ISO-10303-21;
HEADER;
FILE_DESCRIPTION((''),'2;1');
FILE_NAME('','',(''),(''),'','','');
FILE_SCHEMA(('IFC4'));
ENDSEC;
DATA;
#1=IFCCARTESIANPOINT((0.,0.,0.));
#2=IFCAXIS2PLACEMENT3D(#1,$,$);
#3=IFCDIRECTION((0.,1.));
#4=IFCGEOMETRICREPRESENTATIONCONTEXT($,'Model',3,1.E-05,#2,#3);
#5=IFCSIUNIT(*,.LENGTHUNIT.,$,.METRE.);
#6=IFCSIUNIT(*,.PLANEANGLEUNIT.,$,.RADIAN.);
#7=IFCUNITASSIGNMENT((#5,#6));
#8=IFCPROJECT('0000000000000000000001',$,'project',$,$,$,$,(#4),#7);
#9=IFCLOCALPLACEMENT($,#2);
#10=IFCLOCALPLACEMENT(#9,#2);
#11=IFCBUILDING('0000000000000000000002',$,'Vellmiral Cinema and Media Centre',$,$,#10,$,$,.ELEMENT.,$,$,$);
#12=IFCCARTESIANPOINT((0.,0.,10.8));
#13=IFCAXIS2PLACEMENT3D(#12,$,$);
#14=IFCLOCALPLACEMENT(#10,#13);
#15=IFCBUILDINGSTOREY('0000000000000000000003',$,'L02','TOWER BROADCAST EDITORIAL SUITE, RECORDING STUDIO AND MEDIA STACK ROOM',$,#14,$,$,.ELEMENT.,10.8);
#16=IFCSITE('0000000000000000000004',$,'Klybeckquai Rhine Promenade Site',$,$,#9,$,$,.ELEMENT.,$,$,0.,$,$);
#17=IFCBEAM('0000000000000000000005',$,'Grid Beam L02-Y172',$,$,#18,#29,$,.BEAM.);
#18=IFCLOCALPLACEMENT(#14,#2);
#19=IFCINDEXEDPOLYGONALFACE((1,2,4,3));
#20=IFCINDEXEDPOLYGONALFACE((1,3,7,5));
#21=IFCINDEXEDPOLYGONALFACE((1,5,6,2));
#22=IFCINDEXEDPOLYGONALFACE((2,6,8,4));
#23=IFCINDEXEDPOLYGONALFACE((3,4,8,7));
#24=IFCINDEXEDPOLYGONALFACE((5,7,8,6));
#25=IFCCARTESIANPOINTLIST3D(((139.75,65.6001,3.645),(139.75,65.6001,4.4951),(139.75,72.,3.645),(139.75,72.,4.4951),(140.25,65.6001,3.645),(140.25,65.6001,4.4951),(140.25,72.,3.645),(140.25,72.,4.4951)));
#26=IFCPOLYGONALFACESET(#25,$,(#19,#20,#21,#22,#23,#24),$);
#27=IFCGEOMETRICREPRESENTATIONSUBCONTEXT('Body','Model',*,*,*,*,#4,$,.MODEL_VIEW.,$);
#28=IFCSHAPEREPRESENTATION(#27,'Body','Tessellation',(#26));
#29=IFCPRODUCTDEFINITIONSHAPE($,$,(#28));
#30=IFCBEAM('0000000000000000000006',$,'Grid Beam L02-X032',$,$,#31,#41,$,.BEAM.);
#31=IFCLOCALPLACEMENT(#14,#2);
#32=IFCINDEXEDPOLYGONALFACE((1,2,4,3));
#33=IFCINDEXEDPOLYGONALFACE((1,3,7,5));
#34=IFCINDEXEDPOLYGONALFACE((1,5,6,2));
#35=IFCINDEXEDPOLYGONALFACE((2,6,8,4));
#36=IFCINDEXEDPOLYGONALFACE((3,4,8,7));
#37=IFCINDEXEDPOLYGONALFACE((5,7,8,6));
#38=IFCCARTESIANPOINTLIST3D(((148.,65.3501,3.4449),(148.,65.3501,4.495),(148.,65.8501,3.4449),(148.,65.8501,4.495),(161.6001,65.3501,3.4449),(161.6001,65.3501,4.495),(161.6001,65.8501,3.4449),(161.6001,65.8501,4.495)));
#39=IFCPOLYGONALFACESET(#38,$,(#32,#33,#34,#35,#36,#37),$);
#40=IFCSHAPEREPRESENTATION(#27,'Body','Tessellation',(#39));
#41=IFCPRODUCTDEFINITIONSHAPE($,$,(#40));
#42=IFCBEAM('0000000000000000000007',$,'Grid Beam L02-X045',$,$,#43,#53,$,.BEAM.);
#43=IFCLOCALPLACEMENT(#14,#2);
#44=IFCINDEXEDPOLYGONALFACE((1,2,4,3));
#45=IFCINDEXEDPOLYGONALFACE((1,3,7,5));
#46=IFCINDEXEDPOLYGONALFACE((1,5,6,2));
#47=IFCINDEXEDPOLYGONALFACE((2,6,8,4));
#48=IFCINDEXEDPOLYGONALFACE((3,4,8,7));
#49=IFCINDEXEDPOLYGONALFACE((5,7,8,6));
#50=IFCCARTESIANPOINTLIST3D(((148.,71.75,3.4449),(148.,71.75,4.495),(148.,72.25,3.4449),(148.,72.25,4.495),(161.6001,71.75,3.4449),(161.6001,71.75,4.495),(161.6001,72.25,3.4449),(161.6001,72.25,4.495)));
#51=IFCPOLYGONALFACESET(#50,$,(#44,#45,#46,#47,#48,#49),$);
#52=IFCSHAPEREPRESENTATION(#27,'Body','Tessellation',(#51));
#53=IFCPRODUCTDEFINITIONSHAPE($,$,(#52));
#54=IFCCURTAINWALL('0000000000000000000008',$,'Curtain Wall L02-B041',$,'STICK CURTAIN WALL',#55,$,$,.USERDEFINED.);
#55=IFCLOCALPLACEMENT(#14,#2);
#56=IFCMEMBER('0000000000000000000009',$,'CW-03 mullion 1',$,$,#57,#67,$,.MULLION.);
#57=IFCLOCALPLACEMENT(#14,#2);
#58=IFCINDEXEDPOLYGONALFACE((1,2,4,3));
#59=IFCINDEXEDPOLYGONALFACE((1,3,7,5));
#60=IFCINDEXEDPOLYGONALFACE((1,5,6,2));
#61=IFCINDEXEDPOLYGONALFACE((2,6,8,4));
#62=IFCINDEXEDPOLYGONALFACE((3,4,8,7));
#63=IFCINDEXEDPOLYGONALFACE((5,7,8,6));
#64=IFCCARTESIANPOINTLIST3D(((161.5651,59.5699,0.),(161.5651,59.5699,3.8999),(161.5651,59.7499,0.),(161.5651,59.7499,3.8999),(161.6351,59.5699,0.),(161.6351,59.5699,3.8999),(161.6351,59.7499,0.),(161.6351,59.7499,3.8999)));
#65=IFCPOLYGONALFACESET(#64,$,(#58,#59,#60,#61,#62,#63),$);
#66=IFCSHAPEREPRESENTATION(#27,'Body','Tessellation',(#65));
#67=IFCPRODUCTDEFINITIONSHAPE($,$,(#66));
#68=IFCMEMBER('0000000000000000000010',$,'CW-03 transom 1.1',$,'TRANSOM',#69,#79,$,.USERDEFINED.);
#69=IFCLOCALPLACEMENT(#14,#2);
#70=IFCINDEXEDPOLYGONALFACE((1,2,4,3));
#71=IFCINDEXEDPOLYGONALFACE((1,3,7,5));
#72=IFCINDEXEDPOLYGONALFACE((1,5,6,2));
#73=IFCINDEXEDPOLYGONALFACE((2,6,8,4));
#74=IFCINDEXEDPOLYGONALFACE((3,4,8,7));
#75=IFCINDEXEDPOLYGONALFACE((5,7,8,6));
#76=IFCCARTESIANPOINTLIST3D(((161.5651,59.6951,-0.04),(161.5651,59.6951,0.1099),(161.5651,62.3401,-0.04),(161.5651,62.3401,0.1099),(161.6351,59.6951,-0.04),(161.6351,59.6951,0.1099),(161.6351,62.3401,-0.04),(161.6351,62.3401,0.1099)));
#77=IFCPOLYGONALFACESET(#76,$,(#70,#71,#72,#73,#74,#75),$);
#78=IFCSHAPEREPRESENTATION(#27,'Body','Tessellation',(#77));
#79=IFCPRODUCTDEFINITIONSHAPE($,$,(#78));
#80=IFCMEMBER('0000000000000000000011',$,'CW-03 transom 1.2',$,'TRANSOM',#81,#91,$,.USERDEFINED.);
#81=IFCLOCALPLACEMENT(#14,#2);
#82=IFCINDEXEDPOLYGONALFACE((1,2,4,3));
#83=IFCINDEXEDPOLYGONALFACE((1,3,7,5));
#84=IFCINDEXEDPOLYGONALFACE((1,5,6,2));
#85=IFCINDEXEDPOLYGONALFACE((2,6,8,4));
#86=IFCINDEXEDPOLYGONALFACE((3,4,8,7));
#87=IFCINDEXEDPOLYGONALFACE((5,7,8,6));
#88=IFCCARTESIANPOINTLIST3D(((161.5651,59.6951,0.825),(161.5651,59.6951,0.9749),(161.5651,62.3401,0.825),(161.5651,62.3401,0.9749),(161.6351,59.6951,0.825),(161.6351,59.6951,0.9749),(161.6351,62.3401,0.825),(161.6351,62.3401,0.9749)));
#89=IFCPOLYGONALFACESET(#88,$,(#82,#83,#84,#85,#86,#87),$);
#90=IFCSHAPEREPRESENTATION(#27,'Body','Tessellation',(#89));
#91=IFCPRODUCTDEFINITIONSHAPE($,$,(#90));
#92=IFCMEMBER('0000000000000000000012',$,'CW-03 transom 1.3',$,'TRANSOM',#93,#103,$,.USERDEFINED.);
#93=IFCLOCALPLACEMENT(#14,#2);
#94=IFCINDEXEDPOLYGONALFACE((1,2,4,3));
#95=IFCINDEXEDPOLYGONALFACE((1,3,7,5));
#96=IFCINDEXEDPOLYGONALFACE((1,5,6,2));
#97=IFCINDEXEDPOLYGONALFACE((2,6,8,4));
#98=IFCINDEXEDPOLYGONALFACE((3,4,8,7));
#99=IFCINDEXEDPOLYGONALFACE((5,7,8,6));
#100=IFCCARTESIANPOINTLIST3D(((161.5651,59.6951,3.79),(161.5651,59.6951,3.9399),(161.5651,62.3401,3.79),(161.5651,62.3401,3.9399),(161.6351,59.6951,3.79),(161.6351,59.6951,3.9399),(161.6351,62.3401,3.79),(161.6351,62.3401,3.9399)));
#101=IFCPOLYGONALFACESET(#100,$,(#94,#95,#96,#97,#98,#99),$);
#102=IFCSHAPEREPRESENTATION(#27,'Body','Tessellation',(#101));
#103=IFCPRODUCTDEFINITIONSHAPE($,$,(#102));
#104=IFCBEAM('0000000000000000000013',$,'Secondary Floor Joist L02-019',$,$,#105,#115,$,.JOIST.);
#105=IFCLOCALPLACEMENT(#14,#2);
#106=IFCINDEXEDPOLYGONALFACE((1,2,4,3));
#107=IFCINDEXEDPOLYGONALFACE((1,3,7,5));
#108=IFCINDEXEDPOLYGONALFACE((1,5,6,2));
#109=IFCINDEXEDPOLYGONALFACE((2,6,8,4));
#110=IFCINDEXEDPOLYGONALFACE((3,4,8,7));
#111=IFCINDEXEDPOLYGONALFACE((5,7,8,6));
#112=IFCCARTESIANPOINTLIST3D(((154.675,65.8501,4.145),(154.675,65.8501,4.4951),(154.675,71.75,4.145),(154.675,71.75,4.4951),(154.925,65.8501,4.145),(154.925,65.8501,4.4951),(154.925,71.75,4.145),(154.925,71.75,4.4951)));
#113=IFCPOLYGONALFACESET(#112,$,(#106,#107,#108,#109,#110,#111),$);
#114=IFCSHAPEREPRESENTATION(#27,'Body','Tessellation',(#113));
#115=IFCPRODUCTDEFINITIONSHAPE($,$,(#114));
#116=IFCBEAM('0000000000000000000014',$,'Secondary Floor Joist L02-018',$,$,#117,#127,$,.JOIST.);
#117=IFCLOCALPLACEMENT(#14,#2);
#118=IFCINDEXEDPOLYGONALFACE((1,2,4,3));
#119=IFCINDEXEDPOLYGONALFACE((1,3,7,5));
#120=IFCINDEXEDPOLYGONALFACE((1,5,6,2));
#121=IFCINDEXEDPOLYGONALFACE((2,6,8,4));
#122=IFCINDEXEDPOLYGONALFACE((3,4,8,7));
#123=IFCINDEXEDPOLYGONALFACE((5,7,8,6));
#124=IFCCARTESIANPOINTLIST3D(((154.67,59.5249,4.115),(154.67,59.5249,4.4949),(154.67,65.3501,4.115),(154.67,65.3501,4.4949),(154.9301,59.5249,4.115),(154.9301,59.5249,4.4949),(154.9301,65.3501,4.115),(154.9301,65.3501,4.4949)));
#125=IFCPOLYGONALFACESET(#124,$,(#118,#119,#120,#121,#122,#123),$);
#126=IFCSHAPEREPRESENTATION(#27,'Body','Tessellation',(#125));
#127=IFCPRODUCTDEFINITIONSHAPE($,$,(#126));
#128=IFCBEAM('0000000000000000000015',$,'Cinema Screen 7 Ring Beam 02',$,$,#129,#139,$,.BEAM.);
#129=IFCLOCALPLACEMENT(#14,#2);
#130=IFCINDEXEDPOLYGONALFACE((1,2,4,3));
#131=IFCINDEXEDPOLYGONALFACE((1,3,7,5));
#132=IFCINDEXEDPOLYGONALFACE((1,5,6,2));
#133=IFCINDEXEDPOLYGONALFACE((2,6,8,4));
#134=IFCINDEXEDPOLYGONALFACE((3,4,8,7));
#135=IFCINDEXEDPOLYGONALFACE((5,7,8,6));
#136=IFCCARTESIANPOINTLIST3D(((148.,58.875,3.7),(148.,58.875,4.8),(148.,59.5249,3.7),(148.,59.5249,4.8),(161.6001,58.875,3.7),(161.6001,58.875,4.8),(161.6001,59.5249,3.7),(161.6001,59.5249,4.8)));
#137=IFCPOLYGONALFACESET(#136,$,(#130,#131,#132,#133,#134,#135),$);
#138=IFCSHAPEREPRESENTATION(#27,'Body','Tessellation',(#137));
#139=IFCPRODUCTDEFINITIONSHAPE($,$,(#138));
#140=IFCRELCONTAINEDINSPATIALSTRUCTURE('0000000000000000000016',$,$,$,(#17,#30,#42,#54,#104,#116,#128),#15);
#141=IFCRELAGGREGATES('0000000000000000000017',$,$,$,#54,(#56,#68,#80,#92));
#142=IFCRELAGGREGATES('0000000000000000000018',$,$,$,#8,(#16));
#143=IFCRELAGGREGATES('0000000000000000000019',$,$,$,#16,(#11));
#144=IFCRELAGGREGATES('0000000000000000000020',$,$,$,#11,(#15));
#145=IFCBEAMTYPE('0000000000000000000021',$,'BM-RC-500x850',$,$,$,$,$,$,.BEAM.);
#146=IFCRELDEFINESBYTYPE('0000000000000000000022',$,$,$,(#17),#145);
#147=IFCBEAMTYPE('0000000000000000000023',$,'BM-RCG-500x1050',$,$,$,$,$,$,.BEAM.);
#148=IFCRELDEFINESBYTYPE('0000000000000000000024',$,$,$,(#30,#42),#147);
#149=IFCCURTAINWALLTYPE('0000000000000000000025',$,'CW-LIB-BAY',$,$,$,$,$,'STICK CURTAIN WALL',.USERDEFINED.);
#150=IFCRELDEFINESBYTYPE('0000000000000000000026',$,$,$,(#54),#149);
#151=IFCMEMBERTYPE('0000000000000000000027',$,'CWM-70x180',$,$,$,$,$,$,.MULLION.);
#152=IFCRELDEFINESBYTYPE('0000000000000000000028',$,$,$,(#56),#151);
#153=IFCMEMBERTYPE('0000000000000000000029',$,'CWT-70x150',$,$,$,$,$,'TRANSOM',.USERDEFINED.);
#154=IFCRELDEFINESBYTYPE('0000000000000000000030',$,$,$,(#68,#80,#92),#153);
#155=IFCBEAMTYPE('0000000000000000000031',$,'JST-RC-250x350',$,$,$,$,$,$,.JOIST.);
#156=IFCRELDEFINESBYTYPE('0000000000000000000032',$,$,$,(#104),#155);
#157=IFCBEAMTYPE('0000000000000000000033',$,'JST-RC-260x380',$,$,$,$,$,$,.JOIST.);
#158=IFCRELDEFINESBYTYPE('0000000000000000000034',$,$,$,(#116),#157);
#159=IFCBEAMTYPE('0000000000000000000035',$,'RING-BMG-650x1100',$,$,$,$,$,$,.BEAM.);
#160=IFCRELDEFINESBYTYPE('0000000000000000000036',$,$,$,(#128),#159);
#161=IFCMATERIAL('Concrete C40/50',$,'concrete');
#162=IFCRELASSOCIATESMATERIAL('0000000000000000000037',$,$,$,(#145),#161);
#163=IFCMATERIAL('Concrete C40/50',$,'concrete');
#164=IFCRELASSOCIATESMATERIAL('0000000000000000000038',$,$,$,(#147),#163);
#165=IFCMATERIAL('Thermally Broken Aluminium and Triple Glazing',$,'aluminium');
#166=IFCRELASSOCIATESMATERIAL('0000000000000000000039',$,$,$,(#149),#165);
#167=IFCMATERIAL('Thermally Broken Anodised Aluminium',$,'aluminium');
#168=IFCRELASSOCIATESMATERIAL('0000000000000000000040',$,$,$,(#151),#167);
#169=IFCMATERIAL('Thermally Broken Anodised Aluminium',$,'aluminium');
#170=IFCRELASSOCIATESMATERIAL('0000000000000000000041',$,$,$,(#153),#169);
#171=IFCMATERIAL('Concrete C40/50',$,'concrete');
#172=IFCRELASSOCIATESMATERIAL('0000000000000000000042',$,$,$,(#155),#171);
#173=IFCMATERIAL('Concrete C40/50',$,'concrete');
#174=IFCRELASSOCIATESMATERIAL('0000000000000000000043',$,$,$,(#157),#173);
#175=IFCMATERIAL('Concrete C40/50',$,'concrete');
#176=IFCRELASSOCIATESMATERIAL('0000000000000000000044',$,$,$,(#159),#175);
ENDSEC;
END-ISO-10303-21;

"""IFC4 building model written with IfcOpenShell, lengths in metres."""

from ifc_helpers import new_model, si_unit, direction, frame, origin, origin_2d, place, context, subcontext, project, spatial, rectangle, extrude, material, material_profile, profile_set, type_object, element, aggregate, save


model = new_model("IFC4")

# Units and contexts
model_context = context("Model", 3, precision=1e-05, world=origin(), true_north=direction((0.0, 1.0)))
body_context = subcontext(model_context, "Body", "Model", "MODEL_VIEW")
ifc_project = project(units=[si_unit("LENGTHUNIT", "METRE"), si_unit("PLANEANGLEUNIT", "RADIAN")], contexts=[model_context])

# Site, building, storey
site_placement = place(None, origin())
site = spatial("IfcSite", under=ifc_project, at=site_placement, Name="Klybeckquai Rhine Promenade Site", CompositionType="ELEMENT", RefElevation=0.0)
building_placement = place(site_placement, origin())
building = spatial("IfcBuilding", under=site, at=building_placement, Name="Vellmiral Cinema and Media Centre", CompositionType="ELEMENT")
storey_placement = place(building_placement, frame((0.0, 0.0, 10.8)))
storey = spatial("IfcBuildingStorey", under=building, at=storey_placement, Name="L02", Description="TOWER BROADCAST EDITORIAL SUITE, RECORDING STUDIO AND MEDIA STACK ROOM", CompositionType="ELEMENT", Elevation=10.8)

# Beams
ifc_material_1 = material(Name="Concrete C40/50", Category="concrete")
ifc_material_profile_1 = material_profile(ifc_material_1, rectangle(XDim=0.5, YDim=0.8501, at=origin_2d()), Name="RC 500x850")
ifc_profile_set_1 = profile_set([ifc_material_profile_1], Name="Concrete C40/50")
beam_type_1 = type_object("IfcBeamType", Name="BM-RC-500x850", PredefinedType="BEAM", material=ifc_profile_set_1)
beam_1_placement = place(storey_placement, frame((140.0, 65.6001, 4.0701), z_axis=(0.0, 1.0, 0.0), x_axis=(-1.0, 0.0, 0.0)))
element("IfcBeam", 1, at=beam_1_placement, inside=storey, type_object=beam_type_1, Name="Grid Beam L02-Y172", PredefinedType="BEAM", context=body_context, shape_type="SweptSolid", body=[
    extrude(rectangle(XDim=0.5, YDim=0.8501, at=origin_2d()), origin(), (0.0, 0.0, 1.0), 6.3999),
])
ifc_material_2 = material(Name="Concrete C40/50", Category="concrete")
ifc_material_profile_2 = material_profile(ifc_material_2, rectangle(XDim=0.5, YDim=1.05, at=origin_2d()), Name="RC 500x1050")
ifc_profile_set_2 = profile_set([ifc_material_profile_2], Name="Concrete C40/50")
beam_type_2 = type_object("IfcBeamType", Name="BM-RCG-500x1050", PredefinedType="BEAM", material=ifc_profile_set_2)
for number, where, z_axis, x_axis, name in (
    (2, (148.0, 65.6001, 3.97), (1.0, 0.0, 0.0), (0.0, 1.0, 0.0), "Grid Beam L02-X032"),
    (3, (148.0, 72.0, 3.97), (1.0, 0.0, 0.0), (0.0, 1.0, 0.0), "Grid Beam L02-X045"),
):
    element("IfcBeam", number, at=place(storey_placement, frame(where, z_axis=z_axis, x_axis=x_axis)), inside=storey, type_object=beam_type_2, Name=name, PredefinedType="BEAM", context=body_context, shape_type="SweptSolid", body=[
        extrude(rectangle(XDim=0.5, YDim=1.05, at=origin_2d()), origin(), (0.0, 0.0, 1.0), 13.6001),
    ])

# Curtain wall, members
ifc_material_3 = material(Name="Thermally Broken Aluminium and Triple Glazing", Category="aluminium")
curtain_wall_type = type_object("IfcCurtainWallType", Name="CW-LIB-BAY", ElementType="STICK CURTAIN WALL", PredefinedType="USERDEFINED", material=ifc_material_3)
curtain_wall_placement = place(storey_placement, origin())
curtain_wall = element("IfcCurtainWall", 4, at=curtain_wall_placement, inside=storey, type_object=curtain_wall_type, Name="Curtain Wall L02-B041", ObjectType="STICK CURTAIN WALL", PredefinedType="USERDEFINED")
ifc_material_4 = material(Name="Thermally Broken Anodised Aluminium", Category="aluminium")
ifc_material_profile_3 = material_profile(ifc_material_4, rectangle(XDim=0.0701, YDim=0.1799, at=origin_2d()), Name="MULL 70x180")
ifc_profile_set_3 = profile_set([ifc_material_profile_3], Name="Thermally Broken Anodised Aluminium")
member_type_1 = type_object("IfcMemberType", Name="CWM-70x180", PredefinedType="MULLION", material=ifc_profile_set_3)
member_1_placement = place(storey_placement, frame((161.6001, 59.6599, 0.0), z_axis=(0.0, 0.0, 1.0), x_axis=(-1.0, 0.0, 0.0)))
member_1 = element("IfcMember", 5, at=member_1_placement, type_object=member_type_1, Name="CW-03 mullion 1", PredefinedType="MULLION", context=body_context, shape_type="SweptSolid", body=[
    extrude(rectangle(XDim=0.0701, YDim=0.1799, at=origin_2d()), origin(), (0.0, 0.0, 1.0), 3.8999),
])
ifc_material_5 = material(Name="Thermally Broken Anodised Aluminium", Category="aluminium")
ifc_material_profile_4 = material_profile(ifc_material_5, rectangle(XDim=0.0701, YDim=0.1499, at=origin_2d()), Name="MULL 70x150")
ifc_profile_set_4 = profile_set([ifc_material_profile_4], Name="Thermally Broken Anodised Aluminium")
member_type_2 = type_object("IfcMemberType", Name="CWT-70x150", ElementType="TRANSOM", PredefinedType="USERDEFINED", material=ifc_profile_set_4)
member_2_placement = place(storey_placement, frame((161.6001, 59.6951, 0.0349), z_axis=(0.0, 1.0, 0.0), x_axis=(-1.0, 0.0, 0.0)))
member_2 = element("IfcMember", 6, at=member_2_placement, type_object=member_type_2, Name="CW-03 transom 1.1", ObjectType="TRANSOM", PredefinedType="USERDEFINED", context=body_context, shape_type="SweptSolid", body=[
    extrude(rectangle(XDim=0.0701, YDim=0.1499, at=origin_2d()), origin(), (0.0, 0.0, 1.0), 2.645),
])
member_3_placement = place(storey_placement, frame((161.6001, 59.6951, 0.8999), z_axis=(0.0, 1.0, 0.0), x_axis=(-1.0, 0.0, 0.0)))
member_3 = element("IfcMember", 7, at=member_3_placement, type_object=member_type_2, Name="CW-03 transom 1.2", ObjectType="TRANSOM", PredefinedType="USERDEFINED", context=body_context, shape_type="SweptSolid", body=[
    extrude(rectangle(XDim=0.0701, YDim=0.1499, at=origin_2d()), origin(), (0.0, 0.0, 1.0), 2.645),
])
member_4_placement = place(storey_placement, frame((161.6001, 59.6951, 3.865), z_axis=(0.0, 1.0, 0.0), x_axis=(-1.0, 0.0, 0.0)))
member_4 = element("IfcMember", 8, at=member_4_placement, type_object=member_type_2, Name="CW-03 transom 1.3", ObjectType="TRANSOM", PredefinedType="USERDEFINED", context=body_context, shape_type="SweptSolid", body=[
    extrude(rectangle(XDim=0.0701, YDim=0.1499, at=origin_2d()), origin(), (0.0, 0.0, 1.0), 2.645),
])

# Beams
ifc_material_6 = material(Name="Concrete C40/50", Category="concrete")
ifc_material_profile_5 = material_profile(ifc_material_6, rectangle(XDim=0.25, YDim=0.3501, at=origin_2d()), Name="RC 250x350")
ifc_profile_set_5 = profile_set([ifc_material_profile_5], Name="Concrete C40/50")
beam_type_3 = type_object("IfcBeamType", Name="JST-RC-250x350", PredefinedType="JOIST", material=ifc_profile_set_5)
beam_2_placement = place(storey_placement, frame((154.8, 65.8501, 4.3201), z_axis=(0.0, 1.0, 0.0), x_axis=(-1.0, 0.0, 0.0)))
element("IfcBeam", 9, at=beam_2_placement, inside=storey, type_object=beam_type_3, Name="Secondary Floor Joist L02-019", PredefinedType="JOIST", context=body_context, shape_type="SweptSolid", body=[
    extrude(rectangle(XDim=0.25, YDim=0.3501, at=origin_2d()), origin(), (0.0, 0.0, 1.0), 5.8999),
])
ifc_material_7 = material(Name="Concrete C40/50", Category="concrete")
ifc_material_profile_6 = material_profile(ifc_material_7, rectangle(XDim=0.26, YDim=0.3799, at=origin_2d()), Name="RC 260x380")
ifc_profile_set_6 = profile_set([ifc_material_profile_6], Name="Concrete C40/50")
beam_type_4 = type_object("IfcBeamType", Name="JST-RC-260x380", PredefinedType="JOIST", material=ifc_profile_set_6)
beam_3_placement = place(storey_placement, frame((154.8, 59.5249, 4.3049), z_axis=(0.0, 1.0, 0.0), x_axis=(-1.0, 0.0, 0.0)))
element("IfcBeam", 10, at=beam_3_placement, inside=storey, type_object=beam_type_4, Name="Secondary Floor Joist L02-018", PredefinedType="JOIST", context=body_context, shape_type="SweptSolid", body=[
    extrude(rectangle(XDim=0.26, YDim=0.3799, at=origin_2d()), origin(), (0.0, 0.0, 1.0), 5.8252),
])
ifc_material_8 = material(Name="Concrete C40/50", Category="concrete")
ifc_material_profile_7 = material_profile(ifc_material_8, rectangle(XDim=0.6499, YDim=1.1001, at=origin_2d()), Name="RC 650x1100")
ifc_profile_set_7 = profile_set([ifc_material_profile_7], Name="Concrete C40/50")
beam_type_5 = type_object("IfcBeamType", Name="RING-BMG-650x1100", PredefinedType="BEAM", material=ifc_profile_set_7)
beam_4_placement = place(storey_placement, frame((148.0, 59.2, 4.25), z_axis=(1.0, 0.0, 0.0), x_axis=(0.0, 1.0, 0.0)))
element("IfcBeam", 11, at=beam_4_placement, inside=storey, type_object=beam_type_5, Name="Cinema Screen 7 Ring Beam 02", PredefinedType="BEAM", context=body_context, shape_type="SweptSolid", body=[
    extrude(rectangle(XDim=0.6499, YDim=1.1001, at=origin_2d()), origin(), (0.0, 0.0, 1.0), 13.6001),
])

aggregate(curtain_wall, [member_1, member_2, member_3, member_4])

save(model, "model.ifc")
